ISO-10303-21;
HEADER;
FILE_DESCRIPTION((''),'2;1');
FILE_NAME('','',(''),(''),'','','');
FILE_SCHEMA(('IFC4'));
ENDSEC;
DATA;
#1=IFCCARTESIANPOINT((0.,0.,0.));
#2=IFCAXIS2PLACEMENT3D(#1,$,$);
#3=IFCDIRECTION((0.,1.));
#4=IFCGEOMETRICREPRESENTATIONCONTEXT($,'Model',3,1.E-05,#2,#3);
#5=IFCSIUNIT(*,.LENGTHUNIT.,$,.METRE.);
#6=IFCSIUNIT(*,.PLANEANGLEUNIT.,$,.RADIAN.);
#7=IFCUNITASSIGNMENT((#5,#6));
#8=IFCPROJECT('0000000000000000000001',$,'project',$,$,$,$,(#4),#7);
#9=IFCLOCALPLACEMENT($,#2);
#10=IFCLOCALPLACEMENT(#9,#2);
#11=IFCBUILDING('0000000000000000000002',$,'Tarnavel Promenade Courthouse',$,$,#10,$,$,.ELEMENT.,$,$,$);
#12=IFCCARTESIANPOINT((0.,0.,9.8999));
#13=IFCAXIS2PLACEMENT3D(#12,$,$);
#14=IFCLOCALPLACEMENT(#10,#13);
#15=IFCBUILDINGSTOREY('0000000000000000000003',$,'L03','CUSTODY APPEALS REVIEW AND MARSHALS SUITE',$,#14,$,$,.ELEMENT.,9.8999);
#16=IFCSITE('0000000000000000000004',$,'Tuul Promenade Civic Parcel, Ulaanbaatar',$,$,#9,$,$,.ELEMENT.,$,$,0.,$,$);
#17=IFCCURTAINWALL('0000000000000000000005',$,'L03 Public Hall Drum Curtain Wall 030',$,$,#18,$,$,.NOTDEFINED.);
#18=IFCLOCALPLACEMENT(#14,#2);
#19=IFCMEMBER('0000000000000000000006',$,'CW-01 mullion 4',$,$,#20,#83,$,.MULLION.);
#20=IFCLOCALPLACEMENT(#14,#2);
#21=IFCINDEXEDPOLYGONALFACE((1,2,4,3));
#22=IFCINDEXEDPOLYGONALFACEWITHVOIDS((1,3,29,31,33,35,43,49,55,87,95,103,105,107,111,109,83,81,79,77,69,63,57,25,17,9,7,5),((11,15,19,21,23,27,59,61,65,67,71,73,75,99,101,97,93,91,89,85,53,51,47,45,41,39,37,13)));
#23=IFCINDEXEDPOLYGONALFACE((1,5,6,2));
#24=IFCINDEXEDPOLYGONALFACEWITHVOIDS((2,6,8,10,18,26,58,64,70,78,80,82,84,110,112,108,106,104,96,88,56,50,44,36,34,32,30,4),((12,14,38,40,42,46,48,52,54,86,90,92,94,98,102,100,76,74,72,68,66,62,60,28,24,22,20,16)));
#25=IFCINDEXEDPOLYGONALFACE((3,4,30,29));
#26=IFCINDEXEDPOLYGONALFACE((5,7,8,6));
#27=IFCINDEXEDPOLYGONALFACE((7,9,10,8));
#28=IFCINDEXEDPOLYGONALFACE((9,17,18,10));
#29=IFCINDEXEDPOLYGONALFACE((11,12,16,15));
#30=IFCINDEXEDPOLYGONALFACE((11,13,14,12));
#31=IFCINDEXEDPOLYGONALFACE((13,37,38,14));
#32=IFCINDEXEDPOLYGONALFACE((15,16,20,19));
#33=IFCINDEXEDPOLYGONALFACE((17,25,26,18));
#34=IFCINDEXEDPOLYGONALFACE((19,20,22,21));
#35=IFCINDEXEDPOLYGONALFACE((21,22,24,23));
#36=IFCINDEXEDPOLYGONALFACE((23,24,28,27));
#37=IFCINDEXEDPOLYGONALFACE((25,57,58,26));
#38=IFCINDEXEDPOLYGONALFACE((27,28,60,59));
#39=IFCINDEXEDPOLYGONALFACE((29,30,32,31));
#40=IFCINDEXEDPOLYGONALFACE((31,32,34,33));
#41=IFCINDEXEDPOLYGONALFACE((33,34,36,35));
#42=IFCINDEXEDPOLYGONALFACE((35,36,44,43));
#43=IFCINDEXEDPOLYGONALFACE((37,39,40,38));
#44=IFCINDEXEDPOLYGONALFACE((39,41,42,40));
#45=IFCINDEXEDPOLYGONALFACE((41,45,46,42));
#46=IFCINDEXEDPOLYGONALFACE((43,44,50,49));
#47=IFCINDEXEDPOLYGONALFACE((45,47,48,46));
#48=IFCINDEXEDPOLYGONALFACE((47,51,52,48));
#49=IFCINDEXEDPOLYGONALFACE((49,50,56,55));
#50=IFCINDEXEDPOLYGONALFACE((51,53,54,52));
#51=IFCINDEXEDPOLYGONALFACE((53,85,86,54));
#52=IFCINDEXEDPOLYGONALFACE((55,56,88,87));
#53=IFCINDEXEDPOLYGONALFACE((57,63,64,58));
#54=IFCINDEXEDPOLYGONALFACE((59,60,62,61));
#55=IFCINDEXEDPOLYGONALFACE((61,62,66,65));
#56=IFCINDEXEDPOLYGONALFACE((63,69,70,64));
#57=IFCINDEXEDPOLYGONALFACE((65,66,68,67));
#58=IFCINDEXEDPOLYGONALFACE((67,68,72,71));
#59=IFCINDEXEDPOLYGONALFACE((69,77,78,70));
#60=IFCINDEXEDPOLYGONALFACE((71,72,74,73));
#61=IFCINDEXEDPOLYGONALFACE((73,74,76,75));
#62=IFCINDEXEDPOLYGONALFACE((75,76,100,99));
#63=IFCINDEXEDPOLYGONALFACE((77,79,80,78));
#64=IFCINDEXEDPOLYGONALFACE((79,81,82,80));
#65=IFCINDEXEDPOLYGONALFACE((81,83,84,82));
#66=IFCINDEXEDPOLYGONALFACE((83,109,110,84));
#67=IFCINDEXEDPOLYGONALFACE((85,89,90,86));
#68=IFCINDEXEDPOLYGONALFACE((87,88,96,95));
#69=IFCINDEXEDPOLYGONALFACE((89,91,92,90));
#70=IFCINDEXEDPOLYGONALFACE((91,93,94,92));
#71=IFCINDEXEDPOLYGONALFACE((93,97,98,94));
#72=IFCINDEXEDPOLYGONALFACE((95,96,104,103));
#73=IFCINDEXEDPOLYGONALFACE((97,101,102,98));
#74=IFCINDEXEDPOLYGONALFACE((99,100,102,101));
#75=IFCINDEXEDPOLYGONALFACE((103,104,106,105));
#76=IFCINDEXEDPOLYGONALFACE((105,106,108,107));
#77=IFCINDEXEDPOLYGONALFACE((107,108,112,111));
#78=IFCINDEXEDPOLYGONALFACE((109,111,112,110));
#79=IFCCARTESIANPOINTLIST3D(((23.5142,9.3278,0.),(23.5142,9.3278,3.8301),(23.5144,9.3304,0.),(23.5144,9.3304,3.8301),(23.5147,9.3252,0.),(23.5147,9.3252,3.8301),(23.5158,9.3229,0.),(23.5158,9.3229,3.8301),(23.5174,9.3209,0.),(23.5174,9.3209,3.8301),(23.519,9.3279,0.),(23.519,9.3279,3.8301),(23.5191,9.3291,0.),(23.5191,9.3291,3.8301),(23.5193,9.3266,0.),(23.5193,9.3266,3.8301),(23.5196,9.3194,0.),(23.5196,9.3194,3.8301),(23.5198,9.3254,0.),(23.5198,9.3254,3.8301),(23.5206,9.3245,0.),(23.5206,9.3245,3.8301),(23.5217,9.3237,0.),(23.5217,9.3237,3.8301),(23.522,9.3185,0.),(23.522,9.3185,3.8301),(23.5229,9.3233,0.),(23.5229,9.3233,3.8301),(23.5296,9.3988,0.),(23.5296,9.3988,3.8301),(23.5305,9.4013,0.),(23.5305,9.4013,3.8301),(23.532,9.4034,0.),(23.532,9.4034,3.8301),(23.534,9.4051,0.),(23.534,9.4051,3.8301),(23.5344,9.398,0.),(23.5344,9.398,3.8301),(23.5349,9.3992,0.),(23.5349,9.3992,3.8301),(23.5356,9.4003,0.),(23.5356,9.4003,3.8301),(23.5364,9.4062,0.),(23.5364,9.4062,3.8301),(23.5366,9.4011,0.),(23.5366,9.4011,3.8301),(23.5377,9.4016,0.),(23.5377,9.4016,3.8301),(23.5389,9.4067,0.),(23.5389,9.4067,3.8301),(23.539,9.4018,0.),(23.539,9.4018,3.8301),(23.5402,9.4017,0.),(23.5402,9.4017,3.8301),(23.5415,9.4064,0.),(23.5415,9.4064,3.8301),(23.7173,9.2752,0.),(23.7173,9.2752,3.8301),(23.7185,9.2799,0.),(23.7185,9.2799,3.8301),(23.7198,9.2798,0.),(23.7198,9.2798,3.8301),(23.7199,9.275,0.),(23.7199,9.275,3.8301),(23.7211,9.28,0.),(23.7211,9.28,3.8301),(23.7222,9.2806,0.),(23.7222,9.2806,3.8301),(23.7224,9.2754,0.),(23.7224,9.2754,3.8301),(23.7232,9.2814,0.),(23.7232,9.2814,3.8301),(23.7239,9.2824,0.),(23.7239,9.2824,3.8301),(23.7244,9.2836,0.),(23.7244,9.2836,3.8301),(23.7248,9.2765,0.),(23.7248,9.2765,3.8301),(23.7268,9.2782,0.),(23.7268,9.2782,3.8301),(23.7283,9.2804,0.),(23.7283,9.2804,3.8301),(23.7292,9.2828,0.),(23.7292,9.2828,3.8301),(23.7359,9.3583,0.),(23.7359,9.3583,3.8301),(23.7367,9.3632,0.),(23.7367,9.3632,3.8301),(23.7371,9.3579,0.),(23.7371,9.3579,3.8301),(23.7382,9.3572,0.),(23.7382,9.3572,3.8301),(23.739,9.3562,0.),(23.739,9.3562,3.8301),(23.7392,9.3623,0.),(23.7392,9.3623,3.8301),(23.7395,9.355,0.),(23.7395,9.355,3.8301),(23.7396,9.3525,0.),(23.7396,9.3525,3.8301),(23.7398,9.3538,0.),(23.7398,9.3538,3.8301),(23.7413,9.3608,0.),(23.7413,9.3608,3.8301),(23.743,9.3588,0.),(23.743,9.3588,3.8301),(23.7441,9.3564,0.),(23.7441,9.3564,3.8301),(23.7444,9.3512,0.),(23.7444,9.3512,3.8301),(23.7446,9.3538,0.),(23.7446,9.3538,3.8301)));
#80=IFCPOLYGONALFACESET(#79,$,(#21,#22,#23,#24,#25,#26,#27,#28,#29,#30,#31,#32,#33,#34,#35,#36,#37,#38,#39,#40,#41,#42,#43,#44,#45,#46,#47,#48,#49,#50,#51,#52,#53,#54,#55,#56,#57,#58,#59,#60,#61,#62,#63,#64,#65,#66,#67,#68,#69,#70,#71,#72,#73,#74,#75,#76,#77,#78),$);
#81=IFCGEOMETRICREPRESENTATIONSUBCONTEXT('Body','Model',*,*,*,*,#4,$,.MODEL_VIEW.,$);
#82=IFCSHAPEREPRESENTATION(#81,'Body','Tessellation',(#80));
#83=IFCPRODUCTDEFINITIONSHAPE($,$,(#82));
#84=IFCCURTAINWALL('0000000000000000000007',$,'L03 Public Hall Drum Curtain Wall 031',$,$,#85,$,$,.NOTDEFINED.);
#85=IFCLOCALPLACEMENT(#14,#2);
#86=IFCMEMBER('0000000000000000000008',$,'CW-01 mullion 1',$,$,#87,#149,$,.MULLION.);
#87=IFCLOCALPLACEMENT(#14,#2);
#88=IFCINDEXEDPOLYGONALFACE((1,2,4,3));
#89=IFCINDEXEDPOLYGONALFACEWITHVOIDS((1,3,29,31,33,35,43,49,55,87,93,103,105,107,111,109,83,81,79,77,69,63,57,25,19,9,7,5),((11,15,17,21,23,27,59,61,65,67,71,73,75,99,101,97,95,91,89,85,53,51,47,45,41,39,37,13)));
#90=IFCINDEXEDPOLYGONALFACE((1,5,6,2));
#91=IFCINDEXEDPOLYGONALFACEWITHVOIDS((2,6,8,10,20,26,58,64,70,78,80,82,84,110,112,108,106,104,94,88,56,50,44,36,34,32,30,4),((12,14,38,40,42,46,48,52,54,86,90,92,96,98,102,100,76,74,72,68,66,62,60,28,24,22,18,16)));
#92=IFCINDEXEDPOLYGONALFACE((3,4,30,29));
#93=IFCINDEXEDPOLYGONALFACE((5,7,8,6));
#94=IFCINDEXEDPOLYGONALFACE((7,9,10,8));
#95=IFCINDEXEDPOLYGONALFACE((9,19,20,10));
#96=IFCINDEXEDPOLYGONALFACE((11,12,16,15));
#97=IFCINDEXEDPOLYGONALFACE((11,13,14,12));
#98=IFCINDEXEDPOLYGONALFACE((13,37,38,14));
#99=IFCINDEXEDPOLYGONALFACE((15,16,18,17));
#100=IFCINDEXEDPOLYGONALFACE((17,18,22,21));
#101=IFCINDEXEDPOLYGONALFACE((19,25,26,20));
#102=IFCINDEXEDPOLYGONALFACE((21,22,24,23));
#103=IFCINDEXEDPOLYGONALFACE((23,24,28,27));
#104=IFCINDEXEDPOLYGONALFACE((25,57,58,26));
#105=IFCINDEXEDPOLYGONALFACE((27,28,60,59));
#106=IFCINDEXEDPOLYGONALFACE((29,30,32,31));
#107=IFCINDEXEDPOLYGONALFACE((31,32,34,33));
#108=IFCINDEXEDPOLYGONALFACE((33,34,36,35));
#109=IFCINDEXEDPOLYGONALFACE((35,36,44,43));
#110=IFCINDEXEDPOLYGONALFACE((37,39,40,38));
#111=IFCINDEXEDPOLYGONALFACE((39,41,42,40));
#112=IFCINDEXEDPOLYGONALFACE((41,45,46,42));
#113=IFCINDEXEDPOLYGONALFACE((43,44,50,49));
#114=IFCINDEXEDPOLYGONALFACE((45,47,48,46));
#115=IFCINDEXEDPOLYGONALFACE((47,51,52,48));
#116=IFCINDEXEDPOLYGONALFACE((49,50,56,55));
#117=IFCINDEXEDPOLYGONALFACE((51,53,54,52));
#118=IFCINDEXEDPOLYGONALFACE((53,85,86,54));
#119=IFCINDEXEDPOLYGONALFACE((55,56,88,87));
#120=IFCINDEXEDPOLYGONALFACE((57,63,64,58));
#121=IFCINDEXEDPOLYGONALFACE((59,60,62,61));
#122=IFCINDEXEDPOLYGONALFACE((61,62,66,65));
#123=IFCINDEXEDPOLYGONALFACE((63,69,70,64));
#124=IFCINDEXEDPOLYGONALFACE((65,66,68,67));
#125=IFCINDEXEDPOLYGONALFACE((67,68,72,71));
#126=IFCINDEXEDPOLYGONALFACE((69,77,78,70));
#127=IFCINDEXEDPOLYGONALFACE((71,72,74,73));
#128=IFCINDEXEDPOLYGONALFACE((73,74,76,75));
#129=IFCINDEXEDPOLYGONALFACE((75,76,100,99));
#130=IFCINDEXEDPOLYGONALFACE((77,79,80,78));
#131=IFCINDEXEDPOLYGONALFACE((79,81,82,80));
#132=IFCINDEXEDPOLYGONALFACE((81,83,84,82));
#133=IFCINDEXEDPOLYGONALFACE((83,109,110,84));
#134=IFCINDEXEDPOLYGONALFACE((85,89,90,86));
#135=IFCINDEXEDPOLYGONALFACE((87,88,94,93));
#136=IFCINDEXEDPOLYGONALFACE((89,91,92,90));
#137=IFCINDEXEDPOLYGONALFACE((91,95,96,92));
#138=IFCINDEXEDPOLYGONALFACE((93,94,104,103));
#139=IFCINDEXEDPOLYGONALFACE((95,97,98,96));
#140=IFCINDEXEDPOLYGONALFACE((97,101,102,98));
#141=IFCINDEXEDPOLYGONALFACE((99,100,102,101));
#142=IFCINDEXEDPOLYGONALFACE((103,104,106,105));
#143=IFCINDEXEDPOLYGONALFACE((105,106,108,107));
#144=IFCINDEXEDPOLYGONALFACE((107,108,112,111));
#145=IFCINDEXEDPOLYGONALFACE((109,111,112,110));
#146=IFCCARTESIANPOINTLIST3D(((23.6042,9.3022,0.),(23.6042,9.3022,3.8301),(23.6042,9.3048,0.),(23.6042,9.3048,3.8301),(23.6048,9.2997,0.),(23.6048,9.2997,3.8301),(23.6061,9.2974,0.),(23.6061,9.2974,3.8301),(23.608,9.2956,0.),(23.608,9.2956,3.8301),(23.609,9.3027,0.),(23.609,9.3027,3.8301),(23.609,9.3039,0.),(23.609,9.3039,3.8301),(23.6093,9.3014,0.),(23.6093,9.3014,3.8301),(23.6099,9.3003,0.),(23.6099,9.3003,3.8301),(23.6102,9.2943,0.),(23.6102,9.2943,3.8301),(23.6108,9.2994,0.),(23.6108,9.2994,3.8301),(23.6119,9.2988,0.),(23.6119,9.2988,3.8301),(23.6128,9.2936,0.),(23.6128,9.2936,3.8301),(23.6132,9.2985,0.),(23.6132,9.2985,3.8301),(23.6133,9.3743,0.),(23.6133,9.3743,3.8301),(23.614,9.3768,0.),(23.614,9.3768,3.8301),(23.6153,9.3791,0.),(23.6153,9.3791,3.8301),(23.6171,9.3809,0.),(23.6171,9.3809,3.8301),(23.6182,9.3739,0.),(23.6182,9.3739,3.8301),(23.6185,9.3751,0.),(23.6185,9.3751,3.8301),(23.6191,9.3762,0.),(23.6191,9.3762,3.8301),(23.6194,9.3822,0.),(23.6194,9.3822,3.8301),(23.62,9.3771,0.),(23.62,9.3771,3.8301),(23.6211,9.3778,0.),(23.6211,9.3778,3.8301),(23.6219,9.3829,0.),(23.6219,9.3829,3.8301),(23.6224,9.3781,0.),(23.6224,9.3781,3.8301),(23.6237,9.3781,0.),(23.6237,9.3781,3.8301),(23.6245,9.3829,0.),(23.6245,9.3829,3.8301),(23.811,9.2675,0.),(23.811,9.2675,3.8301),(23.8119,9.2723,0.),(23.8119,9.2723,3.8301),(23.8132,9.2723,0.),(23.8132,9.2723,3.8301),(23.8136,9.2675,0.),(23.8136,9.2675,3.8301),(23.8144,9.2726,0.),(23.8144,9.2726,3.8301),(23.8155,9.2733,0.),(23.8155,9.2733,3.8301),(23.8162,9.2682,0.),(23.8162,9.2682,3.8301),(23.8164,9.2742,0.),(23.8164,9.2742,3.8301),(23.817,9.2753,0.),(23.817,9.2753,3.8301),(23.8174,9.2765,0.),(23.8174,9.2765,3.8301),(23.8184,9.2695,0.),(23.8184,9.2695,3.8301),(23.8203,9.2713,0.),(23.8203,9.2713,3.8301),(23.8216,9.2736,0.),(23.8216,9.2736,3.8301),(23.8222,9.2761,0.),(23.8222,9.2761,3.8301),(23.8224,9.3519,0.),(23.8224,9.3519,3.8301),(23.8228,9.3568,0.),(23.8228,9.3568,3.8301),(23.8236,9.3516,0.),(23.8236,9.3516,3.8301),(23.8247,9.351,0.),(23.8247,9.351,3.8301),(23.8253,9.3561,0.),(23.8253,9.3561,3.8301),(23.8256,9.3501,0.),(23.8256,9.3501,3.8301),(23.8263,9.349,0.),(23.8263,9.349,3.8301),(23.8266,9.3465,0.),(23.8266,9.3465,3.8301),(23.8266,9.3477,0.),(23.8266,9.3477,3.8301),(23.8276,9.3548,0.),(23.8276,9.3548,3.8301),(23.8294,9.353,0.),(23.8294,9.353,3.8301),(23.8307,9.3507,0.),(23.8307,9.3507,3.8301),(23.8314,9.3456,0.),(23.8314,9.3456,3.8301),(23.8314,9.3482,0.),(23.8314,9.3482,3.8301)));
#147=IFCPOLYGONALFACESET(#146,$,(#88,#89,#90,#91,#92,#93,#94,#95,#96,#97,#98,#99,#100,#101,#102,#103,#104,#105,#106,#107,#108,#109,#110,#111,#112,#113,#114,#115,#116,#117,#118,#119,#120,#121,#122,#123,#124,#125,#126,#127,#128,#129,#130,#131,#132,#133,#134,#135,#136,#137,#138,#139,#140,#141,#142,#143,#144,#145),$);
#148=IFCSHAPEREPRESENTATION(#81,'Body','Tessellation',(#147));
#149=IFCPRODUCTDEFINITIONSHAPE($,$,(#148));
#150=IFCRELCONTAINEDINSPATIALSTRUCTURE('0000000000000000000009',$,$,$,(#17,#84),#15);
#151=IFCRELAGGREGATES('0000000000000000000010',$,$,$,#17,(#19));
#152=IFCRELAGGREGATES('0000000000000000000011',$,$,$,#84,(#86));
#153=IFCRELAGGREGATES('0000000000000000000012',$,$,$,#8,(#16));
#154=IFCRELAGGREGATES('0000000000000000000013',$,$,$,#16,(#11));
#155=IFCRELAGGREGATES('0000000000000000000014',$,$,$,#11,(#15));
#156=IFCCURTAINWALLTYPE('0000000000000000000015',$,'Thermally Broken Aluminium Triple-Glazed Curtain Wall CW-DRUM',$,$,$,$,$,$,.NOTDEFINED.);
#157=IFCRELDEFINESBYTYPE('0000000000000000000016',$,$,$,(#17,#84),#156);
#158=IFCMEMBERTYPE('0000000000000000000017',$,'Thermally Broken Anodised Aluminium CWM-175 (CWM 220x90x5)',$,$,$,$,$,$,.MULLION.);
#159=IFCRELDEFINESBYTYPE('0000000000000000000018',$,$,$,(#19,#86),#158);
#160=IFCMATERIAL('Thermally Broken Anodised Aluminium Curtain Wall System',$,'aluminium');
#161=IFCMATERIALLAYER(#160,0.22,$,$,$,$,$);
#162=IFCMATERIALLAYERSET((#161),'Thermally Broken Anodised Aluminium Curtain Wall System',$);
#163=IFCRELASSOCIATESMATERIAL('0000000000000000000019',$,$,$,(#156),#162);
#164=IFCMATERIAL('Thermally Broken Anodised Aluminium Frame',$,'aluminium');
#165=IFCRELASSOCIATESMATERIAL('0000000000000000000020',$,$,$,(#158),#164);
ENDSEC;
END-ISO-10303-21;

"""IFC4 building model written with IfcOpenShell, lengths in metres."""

from ifc_helpers import new_model, si_unit, direction, frame, origin, origin_2d, place, context, subcontext, project, spatial, hollow_rectangle, extrude, material, layer, layer_set, material_profile, profile_set, type_object, element, aggregate, save


model = new_model("IFC4")

# Units and contexts
model_context = context("Model", 3, precision=1e-05, world=origin(), true_north=direction((0.0, 1.0)))
body_context = subcontext(model_context, "Body", "Model", "MODEL_VIEW")
ifc_project = project(units=[si_unit("LENGTHUNIT", "METRE"), si_unit("PLANEANGLEUNIT", "RADIAN")], contexts=[model_context])

# Site, building, storey
site_placement = place(None, origin())
site = spatial("IfcSite", under=ifc_project, at=site_placement, Name="Tuul Promenade Civic Parcel, Ulaanbaatar", CompositionType="ELEMENT", RefElevation=0.0)
building_placement = place(site_placement, origin())
building = spatial("IfcBuilding", under=site, at=building_placement, Name="Tarnavel Promenade Courthouse", CompositionType="ELEMENT")
storey_placement = place(building_placement, frame((0.0, 0.0, 9.8999)))
storey = spatial("IfcBuildingStorey", under=building, at=storey_placement, Name="L03", Description="CUSTODY APPEALS REVIEW AND MARSHALS SUITE", CompositionType="ELEMENT", Elevation=9.8999)

# Curtain wall, member
ifc_material_1 = material(Name="Thermally Broken Anodised Aluminium Curtain Wall System", Category="aluminium")
ifc_layer_1 = layer(ifc_material_1, 0.22)
ifc_layer_set_1 = layer_set([ifc_layer_1], Name="Thermally Broken Anodised Aluminium Curtain Wall System")
curtain_wall_type = type_object("IfcCurtainWallType", Name="Thermally Broken Aluminium Triple-Glazed Curtain Wall CW-DRUM", PredefinedType="NOTDEFINED", material=ifc_layer_set_1)
curtain_wall_1_placement = place(storey_placement, origin())
curtain_wall_1 = element("IfcCurtainWall", 1, at=curtain_wall_1_placement, inside=storey, type_object=curtain_wall_type, Name="L03 Public Hall Drum Curtain Wall 030", PredefinedType="NOTDEFINED")
ifc_material_2 = material(Name="Thermally Broken Anodised Aluminium Frame", Category="aluminium")
ifc_material_profile_1 = material_profile(ifc_material_2, hollow_rectangle(XDim=0.0901, YDim=0.22, WallThickness=0.0049, InnerFilletRadius=0.0049, OuterFilletRadius=0.01, at=origin_2d()), Name="CWM 220x90x5")
ifc_profile_set_1 = profile_set([ifc_material_profile_1], Name="Thermally Broken Anodised Aluminium Frame")
member_type_1 = type_object("IfcMemberType", Name="Thermally Broken Anodised Aluminium CWM-175 (CWM 220x90x5)", PredefinedType="MULLION", material=ifc_profile_set_1)
member_1_placement = place(storey_placement, frame((23.6294, 9.3408, 0.0), z_axis=(0.0, 0.0, 1.0), x_axis=(0.216438, 0.976296, 0.0)))
member_1 = element("IfcMember", 2, at=member_1_placement, type_object=member_type_1, Name="CW-01 mullion 4", PredefinedType="MULLION", context=body_context, shape_type="SweptSolid", body=[
    extrude(hollow_rectangle(XDim=0.0901, YDim=0.22, WallThickness=0.0049, InnerFilletRadius=0.0049, OuterFilletRadius=0.01, at=origin_2d()), origin(), (0.0, 0.0, 1.0), 3.8301),
])

# Curtain wall, member
curtain_wall_2_placement = place(storey_placement, origin())
curtain_wall_2 = element("IfcCurtainWall", 3, at=curtain_wall_2_placement, inside=storey, type_object=curtain_wall_type, Name="L03 Public Hall Drum Curtain Wall 031", PredefinedType="NOTDEFINED")
member_2_placement = place(storey_placement, frame((23.7178, 9.3252, 0.0), z_axis=(0.0, 0.0, 1.0), x_axis=(0.130527, 0.991445, 0.0)))
member_2 = element("IfcMember", 4, at=member_2_placement, type_object=member_type_1, Name="CW-01 mullion 1", PredefinedType="MULLION", context=body_context, shape_type="SweptSolid", body=[
    extrude(hollow_rectangle(XDim=0.0901, YDim=0.22, WallThickness=0.0049, InnerFilletRadius=0.0049, OuterFilletRadius=0.01, at=origin_2d()), origin(), (0.0, 0.0, 1.0), 3.8301),
])

aggregate(curtain_wall_1, [member_1])
aggregate(curtain_wall_2, [member_2])

save(model, "model.ifc")
